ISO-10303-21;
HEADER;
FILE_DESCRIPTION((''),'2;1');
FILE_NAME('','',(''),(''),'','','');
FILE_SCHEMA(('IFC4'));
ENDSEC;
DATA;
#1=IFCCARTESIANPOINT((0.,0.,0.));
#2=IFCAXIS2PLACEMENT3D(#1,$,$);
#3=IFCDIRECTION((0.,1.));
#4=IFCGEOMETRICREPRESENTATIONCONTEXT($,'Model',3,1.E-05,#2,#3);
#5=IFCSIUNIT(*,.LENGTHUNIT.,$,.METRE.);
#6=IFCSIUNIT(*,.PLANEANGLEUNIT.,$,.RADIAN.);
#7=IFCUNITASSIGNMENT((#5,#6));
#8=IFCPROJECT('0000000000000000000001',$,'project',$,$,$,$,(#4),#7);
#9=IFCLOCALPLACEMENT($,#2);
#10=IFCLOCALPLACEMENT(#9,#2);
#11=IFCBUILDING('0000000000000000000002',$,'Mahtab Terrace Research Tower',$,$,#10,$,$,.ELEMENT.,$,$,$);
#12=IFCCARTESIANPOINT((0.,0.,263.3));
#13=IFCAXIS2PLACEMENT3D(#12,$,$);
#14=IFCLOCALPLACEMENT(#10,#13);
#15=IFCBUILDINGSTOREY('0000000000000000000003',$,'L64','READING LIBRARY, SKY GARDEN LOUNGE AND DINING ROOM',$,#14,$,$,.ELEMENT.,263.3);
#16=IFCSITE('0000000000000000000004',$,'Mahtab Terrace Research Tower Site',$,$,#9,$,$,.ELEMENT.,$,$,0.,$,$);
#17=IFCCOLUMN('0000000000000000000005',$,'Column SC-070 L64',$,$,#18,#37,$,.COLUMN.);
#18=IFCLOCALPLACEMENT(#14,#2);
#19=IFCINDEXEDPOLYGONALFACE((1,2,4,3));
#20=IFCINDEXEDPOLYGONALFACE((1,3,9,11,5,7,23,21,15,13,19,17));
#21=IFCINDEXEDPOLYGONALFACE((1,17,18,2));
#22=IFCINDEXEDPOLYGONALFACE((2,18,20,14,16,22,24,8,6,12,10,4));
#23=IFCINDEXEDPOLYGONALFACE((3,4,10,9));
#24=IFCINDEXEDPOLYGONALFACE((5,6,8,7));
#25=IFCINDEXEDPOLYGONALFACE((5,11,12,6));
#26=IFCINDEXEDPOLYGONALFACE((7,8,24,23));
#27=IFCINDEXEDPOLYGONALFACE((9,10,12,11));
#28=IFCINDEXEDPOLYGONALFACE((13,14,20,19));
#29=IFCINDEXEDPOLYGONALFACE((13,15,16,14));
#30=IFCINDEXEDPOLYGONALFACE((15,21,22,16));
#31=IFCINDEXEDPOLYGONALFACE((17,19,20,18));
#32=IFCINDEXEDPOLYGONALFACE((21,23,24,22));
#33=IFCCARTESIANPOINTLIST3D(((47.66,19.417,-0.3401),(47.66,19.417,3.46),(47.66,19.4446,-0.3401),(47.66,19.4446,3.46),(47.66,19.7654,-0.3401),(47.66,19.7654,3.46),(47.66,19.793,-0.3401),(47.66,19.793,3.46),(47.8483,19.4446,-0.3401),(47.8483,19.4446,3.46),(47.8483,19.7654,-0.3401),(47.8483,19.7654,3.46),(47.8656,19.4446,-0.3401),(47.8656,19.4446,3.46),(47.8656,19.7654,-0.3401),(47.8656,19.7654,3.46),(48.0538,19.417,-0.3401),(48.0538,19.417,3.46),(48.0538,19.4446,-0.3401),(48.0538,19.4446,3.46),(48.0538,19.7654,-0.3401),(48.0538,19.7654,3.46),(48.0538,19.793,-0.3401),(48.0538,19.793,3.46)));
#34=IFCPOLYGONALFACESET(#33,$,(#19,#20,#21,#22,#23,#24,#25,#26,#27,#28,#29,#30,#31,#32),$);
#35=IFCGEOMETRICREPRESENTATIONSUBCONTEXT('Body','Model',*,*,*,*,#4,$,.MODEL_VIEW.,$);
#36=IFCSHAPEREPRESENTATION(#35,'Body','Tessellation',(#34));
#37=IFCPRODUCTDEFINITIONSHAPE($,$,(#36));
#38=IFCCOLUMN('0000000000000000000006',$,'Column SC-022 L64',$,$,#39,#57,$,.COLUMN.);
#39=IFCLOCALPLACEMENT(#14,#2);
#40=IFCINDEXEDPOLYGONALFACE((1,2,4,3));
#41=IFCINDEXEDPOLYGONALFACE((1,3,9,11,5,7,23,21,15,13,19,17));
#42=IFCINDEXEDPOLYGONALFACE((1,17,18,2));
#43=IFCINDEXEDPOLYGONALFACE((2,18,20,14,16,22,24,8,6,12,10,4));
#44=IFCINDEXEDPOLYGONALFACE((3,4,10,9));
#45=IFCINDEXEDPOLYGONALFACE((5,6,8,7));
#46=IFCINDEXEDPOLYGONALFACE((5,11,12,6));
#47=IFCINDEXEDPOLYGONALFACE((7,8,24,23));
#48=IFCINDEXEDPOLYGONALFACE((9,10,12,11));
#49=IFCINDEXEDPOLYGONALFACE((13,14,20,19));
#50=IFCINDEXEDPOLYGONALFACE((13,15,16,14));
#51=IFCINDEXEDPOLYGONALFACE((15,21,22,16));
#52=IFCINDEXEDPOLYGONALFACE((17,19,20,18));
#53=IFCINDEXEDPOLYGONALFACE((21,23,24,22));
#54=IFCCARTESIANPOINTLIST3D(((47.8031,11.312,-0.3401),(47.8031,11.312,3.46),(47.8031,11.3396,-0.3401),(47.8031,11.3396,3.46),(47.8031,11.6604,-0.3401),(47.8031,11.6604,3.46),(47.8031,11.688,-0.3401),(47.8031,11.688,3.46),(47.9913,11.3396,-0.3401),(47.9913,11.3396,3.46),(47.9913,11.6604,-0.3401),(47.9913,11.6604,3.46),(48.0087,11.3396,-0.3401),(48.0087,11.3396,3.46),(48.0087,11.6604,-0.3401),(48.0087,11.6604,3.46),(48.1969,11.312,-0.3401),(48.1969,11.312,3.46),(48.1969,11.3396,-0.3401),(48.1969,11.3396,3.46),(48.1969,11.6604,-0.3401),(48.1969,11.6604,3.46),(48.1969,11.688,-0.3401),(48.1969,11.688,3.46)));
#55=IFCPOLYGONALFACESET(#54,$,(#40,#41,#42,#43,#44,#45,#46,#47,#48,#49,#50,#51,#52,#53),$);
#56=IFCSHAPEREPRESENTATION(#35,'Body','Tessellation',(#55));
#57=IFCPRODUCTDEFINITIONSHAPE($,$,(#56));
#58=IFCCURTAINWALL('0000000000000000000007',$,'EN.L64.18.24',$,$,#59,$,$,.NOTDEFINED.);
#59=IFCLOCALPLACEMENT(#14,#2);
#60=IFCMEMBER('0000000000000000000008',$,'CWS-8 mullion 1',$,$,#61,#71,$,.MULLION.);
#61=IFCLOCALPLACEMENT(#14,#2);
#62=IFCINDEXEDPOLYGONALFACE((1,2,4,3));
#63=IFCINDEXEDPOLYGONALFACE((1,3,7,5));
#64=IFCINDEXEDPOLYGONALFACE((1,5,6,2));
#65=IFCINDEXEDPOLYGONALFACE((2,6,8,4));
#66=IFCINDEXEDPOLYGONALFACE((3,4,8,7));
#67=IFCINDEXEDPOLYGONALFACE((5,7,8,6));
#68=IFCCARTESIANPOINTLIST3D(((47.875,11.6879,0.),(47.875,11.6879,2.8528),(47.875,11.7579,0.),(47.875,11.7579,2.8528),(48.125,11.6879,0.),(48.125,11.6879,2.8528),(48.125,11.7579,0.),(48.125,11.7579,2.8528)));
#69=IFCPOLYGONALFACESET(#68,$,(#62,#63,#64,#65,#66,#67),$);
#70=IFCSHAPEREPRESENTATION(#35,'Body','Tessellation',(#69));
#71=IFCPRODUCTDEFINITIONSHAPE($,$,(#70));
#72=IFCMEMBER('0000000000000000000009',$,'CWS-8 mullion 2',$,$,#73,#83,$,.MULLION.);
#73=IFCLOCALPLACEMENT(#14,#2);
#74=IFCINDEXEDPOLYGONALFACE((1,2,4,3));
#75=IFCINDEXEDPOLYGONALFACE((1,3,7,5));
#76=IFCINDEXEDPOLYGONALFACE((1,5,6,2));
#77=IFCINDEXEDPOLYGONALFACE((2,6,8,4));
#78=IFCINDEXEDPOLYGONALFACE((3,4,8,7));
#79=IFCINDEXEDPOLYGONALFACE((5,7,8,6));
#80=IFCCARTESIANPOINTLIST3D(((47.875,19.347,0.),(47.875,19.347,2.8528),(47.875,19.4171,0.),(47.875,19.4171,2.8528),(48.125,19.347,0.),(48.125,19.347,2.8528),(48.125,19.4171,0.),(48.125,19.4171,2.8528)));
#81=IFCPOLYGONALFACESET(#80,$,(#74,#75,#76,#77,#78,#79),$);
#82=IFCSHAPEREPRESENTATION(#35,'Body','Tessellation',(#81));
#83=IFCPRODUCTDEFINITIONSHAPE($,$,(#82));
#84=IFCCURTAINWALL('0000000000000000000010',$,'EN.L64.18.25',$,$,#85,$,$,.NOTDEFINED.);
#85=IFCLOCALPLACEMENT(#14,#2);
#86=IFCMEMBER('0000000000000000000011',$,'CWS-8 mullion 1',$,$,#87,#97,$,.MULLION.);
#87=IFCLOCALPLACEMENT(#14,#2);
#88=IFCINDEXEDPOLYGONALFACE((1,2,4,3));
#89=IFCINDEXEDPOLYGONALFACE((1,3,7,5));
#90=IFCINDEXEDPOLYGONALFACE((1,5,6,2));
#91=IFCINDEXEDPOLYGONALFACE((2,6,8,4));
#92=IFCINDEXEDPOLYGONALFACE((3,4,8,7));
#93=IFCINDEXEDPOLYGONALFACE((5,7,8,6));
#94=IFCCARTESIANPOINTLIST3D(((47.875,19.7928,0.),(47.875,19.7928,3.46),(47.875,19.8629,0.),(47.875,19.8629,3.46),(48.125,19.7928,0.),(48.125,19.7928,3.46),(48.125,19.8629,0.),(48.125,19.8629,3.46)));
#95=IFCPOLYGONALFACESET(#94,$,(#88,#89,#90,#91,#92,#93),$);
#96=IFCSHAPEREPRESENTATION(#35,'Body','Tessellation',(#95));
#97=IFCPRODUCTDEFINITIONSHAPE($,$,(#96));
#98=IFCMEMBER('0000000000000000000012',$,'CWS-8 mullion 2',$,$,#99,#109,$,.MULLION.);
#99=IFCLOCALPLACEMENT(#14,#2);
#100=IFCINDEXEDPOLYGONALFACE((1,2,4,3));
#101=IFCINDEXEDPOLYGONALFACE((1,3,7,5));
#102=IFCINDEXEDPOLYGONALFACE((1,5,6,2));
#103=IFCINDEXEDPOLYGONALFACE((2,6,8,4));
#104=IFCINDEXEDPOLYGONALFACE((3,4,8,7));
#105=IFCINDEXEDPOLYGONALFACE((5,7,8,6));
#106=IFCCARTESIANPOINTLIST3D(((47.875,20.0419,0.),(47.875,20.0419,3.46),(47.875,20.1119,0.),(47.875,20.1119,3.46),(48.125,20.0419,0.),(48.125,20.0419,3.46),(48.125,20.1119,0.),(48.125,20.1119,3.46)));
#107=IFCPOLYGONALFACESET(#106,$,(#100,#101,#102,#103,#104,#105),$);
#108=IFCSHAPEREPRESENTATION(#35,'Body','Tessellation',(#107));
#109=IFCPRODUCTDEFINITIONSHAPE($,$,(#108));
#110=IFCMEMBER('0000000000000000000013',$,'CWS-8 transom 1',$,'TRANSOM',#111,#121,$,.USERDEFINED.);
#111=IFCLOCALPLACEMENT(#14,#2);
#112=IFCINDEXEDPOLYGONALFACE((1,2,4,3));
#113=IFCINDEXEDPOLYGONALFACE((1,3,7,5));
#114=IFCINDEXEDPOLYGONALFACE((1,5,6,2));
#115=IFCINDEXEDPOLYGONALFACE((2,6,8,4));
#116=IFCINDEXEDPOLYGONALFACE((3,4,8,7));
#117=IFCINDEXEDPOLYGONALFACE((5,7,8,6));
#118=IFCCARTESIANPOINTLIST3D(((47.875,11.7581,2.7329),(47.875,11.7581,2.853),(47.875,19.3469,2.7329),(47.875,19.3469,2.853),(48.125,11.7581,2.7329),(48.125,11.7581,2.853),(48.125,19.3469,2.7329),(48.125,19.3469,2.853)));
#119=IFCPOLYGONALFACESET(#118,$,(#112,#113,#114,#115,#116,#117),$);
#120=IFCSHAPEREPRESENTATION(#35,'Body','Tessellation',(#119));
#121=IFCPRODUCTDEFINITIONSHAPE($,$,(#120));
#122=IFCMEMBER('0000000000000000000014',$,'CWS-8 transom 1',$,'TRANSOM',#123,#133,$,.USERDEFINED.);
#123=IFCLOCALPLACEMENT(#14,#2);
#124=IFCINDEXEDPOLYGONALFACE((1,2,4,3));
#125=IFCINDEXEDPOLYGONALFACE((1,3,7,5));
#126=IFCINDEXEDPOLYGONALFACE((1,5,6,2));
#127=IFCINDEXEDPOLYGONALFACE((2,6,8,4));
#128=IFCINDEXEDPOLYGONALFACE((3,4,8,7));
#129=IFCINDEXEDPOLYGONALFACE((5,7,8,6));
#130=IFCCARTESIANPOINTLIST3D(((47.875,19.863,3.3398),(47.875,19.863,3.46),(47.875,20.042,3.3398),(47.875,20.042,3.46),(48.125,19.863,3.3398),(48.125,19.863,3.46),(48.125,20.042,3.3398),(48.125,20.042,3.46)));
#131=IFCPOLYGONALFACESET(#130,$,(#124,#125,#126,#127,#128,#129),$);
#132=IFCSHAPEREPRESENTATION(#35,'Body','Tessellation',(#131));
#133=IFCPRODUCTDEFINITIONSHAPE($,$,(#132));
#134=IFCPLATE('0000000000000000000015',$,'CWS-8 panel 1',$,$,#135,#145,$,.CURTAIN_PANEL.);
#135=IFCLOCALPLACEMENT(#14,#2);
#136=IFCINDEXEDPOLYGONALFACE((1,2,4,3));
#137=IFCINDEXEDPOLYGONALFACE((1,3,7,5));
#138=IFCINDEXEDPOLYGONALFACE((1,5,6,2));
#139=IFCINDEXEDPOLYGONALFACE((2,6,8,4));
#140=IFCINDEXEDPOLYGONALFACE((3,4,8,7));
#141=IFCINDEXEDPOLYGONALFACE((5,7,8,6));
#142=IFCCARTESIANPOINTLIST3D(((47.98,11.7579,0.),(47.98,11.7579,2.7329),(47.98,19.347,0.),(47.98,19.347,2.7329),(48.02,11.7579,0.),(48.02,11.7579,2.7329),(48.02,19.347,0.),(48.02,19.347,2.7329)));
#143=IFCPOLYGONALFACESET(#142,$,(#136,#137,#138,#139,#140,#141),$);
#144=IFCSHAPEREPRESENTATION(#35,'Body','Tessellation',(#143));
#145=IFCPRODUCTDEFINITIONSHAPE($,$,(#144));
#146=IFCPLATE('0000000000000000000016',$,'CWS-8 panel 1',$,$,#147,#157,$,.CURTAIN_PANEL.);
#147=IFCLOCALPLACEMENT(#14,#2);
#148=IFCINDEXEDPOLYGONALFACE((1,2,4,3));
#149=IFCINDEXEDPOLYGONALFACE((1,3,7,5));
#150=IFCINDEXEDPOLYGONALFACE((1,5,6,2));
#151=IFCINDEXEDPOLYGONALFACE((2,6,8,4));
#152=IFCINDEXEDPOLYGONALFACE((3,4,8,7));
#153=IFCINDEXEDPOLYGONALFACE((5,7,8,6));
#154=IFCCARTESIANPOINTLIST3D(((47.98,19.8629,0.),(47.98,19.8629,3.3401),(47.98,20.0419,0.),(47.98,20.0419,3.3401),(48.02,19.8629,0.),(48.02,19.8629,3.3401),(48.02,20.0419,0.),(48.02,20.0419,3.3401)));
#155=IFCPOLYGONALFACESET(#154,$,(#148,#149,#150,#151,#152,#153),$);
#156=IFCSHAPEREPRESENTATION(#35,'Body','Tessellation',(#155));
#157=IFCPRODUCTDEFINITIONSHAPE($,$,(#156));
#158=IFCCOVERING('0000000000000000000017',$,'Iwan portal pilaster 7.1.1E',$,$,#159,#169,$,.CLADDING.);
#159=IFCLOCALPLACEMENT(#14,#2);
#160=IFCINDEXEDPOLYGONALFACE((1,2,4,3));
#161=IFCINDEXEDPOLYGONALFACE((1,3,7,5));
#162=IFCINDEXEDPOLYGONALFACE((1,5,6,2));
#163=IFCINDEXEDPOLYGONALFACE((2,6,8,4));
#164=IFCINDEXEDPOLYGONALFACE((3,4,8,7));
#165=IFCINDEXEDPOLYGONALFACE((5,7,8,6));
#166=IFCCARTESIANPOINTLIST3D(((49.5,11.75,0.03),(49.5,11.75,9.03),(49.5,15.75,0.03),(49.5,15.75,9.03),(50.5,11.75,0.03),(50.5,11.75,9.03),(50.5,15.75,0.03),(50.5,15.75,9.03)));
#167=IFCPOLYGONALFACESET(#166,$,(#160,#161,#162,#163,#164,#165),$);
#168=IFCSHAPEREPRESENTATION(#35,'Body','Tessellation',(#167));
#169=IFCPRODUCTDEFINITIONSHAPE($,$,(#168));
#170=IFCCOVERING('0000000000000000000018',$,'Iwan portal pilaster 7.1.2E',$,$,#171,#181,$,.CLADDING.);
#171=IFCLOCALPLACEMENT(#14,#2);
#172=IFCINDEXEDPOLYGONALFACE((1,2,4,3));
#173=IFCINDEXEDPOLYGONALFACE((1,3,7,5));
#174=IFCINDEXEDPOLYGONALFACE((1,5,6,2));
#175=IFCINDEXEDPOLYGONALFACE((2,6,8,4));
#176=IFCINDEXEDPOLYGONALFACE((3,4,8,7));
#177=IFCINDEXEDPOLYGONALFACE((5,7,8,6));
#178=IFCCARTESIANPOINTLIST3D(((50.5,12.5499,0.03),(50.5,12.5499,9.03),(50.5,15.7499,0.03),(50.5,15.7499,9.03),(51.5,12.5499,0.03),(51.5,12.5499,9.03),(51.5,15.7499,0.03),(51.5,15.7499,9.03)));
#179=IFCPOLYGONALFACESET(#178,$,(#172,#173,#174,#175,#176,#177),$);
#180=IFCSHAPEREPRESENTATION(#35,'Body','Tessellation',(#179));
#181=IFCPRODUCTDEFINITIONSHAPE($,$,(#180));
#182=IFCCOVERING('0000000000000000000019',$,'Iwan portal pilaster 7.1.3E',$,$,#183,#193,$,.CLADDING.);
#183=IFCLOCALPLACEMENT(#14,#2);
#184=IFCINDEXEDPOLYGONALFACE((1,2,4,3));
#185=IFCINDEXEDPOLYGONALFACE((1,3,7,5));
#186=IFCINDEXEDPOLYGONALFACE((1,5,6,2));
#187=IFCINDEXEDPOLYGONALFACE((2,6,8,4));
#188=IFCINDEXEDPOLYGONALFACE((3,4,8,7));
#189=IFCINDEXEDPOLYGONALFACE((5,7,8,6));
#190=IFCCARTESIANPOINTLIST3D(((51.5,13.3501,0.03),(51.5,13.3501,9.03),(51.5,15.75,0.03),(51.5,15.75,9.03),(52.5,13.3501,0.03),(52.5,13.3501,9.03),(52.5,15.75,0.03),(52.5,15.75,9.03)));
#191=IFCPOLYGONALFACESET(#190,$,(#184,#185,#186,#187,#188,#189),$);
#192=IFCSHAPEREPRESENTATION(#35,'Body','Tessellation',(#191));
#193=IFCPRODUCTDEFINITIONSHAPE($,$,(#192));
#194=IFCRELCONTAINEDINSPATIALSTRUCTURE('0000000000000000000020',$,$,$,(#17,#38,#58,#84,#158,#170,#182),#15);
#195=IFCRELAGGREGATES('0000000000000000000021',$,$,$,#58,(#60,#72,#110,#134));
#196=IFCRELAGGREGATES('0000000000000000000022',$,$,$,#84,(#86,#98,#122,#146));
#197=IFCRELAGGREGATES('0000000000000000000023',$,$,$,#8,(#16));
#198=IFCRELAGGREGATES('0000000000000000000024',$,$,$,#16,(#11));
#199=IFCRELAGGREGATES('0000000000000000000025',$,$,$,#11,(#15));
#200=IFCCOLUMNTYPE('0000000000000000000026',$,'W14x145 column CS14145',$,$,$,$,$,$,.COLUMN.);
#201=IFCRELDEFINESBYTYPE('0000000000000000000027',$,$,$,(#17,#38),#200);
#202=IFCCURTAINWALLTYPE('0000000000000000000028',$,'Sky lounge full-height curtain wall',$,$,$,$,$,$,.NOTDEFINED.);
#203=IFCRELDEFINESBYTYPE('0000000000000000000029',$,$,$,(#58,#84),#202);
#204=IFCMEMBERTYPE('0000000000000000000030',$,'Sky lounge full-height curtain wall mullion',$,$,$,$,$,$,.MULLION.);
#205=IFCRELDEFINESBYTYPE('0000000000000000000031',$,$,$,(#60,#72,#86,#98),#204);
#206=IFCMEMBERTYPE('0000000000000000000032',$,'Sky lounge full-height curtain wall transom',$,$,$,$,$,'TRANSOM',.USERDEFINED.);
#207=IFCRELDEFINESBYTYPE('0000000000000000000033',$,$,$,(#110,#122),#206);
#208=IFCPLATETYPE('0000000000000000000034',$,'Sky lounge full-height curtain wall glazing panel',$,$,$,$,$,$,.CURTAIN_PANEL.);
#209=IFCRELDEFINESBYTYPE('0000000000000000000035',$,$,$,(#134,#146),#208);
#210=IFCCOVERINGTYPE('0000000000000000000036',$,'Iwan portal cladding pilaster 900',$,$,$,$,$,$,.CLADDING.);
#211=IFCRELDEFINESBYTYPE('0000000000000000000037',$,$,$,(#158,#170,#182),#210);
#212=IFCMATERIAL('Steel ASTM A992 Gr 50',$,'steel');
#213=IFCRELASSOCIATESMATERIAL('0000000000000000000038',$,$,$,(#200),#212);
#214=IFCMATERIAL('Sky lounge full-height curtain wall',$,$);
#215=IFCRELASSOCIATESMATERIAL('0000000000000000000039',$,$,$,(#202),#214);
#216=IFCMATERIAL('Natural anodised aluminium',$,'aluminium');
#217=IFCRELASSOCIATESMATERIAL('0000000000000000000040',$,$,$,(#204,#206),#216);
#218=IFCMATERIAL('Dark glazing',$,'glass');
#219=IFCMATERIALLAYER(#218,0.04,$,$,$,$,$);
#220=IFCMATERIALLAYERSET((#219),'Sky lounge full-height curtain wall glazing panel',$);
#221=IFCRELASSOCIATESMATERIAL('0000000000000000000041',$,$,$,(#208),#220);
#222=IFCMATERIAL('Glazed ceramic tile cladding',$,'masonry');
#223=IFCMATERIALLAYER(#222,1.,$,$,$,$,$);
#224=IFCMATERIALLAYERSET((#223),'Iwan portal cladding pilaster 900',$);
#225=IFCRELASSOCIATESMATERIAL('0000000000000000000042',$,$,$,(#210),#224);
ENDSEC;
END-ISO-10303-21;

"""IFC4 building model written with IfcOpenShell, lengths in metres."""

from ifc_helpers import new_model, si_unit, direction, frame, origin, origin_2d, place, context, subcontext, project, spatial, rectangle, i_section, extrude, material, layer, layer_set, material_profile, profile_set, type_object, element, aggregate, save


model = new_model("IFC4")

# Units and contexts
model_context = context("Model", 3, precision=1e-05, world=origin(), true_north=direction((0.0, 1.0)))
body_context = subcontext(model_context, "Body", "Model", "MODEL_VIEW")
ifc_project = project(units=[si_unit("LENGTHUNIT", "METRE"), si_unit("PLANEANGLEUNIT", "RADIAN")], contexts=[model_context])

# Site, building, storey
site_placement = place(None, origin())
site = spatial("IfcSite", under=ifc_project, at=site_placement, Name="Mahtab Terrace Research Tower Site", CompositionType="ELEMENT", RefElevation=0.0)
building_placement = place(site_placement, origin())
building = spatial("IfcBuilding", under=site, at=building_placement, Name="Mahtab Terrace Research Tower", CompositionType="ELEMENT")
storey_placement = place(building_placement, frame((0.0, 0.0, 263.3)))
storey = spatial("IfcBuildingStorey", under=building, at=storey_placement, Name="L64", Description="READING LIBRARY, SKY GARDEN LOUNGE AND DINING ROOM", CompositionType="ELEMENT", Elevation=263.3)

# Columns
ifc_material_1 = material(Name="Steel ASTM A992 Gr 50", Category="steel")
ifc_material_profile_1 = material_profile(ifc_material_1, i_section(OverallWidth=0.3938, OverallDepth=0.376, WebThickness=0.0173, FlangeThickness=0.0276, at=origin_2d()), Name="W14X145")
ifc_profile_set_1 = profile_set([ifc_material_profile_1], Name="Steel ASTM A992 Gr 50")
column_type = type_object("IfcColumnType", Name="W14x145 column CS14145", PredefinedType="COLUMN", material=ifc_profile_set_1)
for number, where, z_axis, x_axis, name in (
    (1, (47.8569, 19.605, -0.3401), (0.0, 0.0, 1.0), (1.0, 0.0, 0.0), "Column SC-070 L64"),
    (2, (48.0, 11.5, -0.3401), (0.0, 0.0, 1.0), (1.0, 0.0, 0.0), "Column SC-022 L64"),
):
    element("IfcColumn", number, at=place(storey_placement, frame(where, z_axis=z_axis, x_axis=x_axis)), inside=storey, type_object=column_type, Name=name, PredefinedType="COLUMN", context=body_context, shape_type="SweptSolid", body=[
        extrude(i_section(OverallWidth=0.3938, OverallDepth=0.376, WebThickness=0.0173, FlangeThickness=0.0276, at=origin_2d()), origin(), (0.0, 0.0, 1.0), 3.8),
    ])

# Curtain walls, members
ifc_material_2 = material(Name="Sky lounge full-height curtain wall")
curtain_wall_type = type_object("IfcCurtainWallType", Name="Sky lounge full-height curtain wall", PredefinedType="NOTDEFINED", material=ifc_material_2)
curtain_wall_1_placement = place(storey_placement, origin())
curtain_wall_1 = element("IfcCurtainWall", 3, at=curtain_wall_1_placement, inside=storey, type_object=curtain_wall_type, Name="EN.L64.18.24", PredefinedType="NOTDEFINED")
ifc_material_3 = material(Name="Natural anodised aluminium", Category="aluminium")
ifc_material_profile_2 = material_profile(ifc_material_3, rectangle(XDim=0.25, YDim=0.0701, at=origin_2d()), Name="MULLION 70x250")
ifc_profile_set_2 = profile_set([ifc_material_profile_2], Name="Natural anodised aluminium")
member_type_1 = type_object("IfcMemberType", Name="Sky lounge full-height curtain wall mullion", PredefinedType="MULLION", material=ifc_profile_set_2)
member_1_placement = place(storey_placement, frame((48.0, 11.7229, 0.0), z_axis=(0.0, 0.0, 1.0), x_axis=(-1.0, 0.0, 0.0)))
member_1 = element("IfcMember", 4, at=member_1_placement, type_object=member_type_1, Name="CWS-8 mullion 1", PredefinedType="MULLION", context=body_context, shape_type="SweptSolid", body=[
    extrude(rectangle(XDim=0.25, YDim=0.0701, at=origin_2d()), origin(), (0.0, 0.0, 1.0), 2.8528),
])
member_2_placement = place(storey_placement, frame((48.0, 19.3821, 0.0), z_axis=(0.0, 0.0, 1.0), x_axis=(-1.0, 0.0, 0.0)))
member_2 = element("IfcMember", 5, at=member_2_placement, type_object=member_type_1, Name="CWS-8 mullion 2", PredefinedType="MULLION", context=body_context, shape_type="SweptSolid", body=[
    extrude(rectangle(XDim=0.25, YDim=0.0701, at=origin_2d()), origin(), (0.0, 0.0, 1.0), 2.8528),
])
curtain_wall_2_placement = place(storey_placement, origin())
curtain_wall_2 = element("IfcCurtainWall", 6, at=curtain_wall_2_placement, inside=storey, type_object=curtain_wall_type, Name="EN.L64.18.25", PredefinedType="NOTDEFINED")
member_3_placement = place(storey_placement, frame((48.0, 19.8279, 0.0), z_axis=(0.0, 0.0, 1.0), x_axis=(-1.0, 0.0, 0.0)))
member_3 = element("IfcMember", 7, at=member_3_placement, type_object=member_type_1, Name="CWS-8 mullion 1", PredefinedType="MULLION", context=body_context, shape_type="SweptSolid", body=[
    extrude(rectangle(XDim=0.25, YDim=0.0701, at=origin_2d()), origin(), (0.0, 0.0, 1.0), 3.46),
])
member_4_placement = place(storey_placement, frame((48.0, 20.0769, 0.0), z_axis=(0.0, 0.0, 1.0), x_axis=(-1.0, 0.0, 0.0)))
member_4 = element("IfcMember", 8, at=member_4_placement, type_object=member_type_1, Name="CWS-8 mullion 2", PredefinedType="MULLION", context=body_context, shape_type="SweptSolid", body=[
    extrude(rectangle(XDim=0.25, YDim=0.0701, at=origin_2d()), origin(), (0.0, 0.0, 1.0), 3.46),
])

# Members
ifc_material_profile_3 = material_profile(ifc_material_3, rectangle(XDim=0.25, YDim=0.1201, at=origin_2d()), Name="TRANSOM 120x250")
ifc_profile_set_3 = profile_set([ifc_material_profile_3], Name="Natural anodised aluminium")
member_type_2 = type_object("IfcMemberType", Name="Sky lounge full-height curtain wall transom", ElementType="TRANSOM", PredefinedType="USERDEFINED", material=ifc_profile_set_3)
member_5_placement = place(storey_placement, frame((48.0, 11.7581, 2.793), z_axis=(0.0, 1.0, 0.0), x_axis=(-1.0, 0.0, 0.0)))
member_5 = element("IfcMember", 9, at=member_5_placement, type_object=member_type_2, Name="CWS-8 transom 1", ObjectType="TRANSOM", PredefinedType="USERDEFINED", context=body_context, shape_type="SweptSolid", body=[
    extrude(rectangle(XDim=0.25, YDim=0.1201, at=origin_2d()), origin(), (0.0, 0.0, 1.0), 7.5889),
])
member_6_placement = place(storey_placement, frame((48.0, 19.863, 3.3999), z_axis=(0.0, 1.0, 0.0), x_axis=(-1.0, 0.0, 0.0)))
member_6 = element("IfcMember", 10, at=member_6_placement, type_object=member_type_2, Name="CWS-8 transom 1", ObjectType="TRANSOM", PredefinedType="USERDEFINED", context=body_context, shape_type="SweptSolid", body=[
    extrude(rectangle(XDim=0.25, YDim=0.1201, at=origin_2d()), origin(), (0.0, 0.0, 1.0), 0.179),
])

# Plates
ifc_material_4 = material(Name="Dark glazing", Category="glass")
ifc_layer_1 = layer(ifc_material_4, 0.04)
ifc_layer_set_1 = layer_set([ifc_layer_1], Name="Sky lounge full-height curtain wall glazing panel")
plate_type = type_object("IfcPlateType", Name="Sky lounge full-height curtain wall glazing panel", PredefinedType="CURTAIN_PANEL", material=ifc_layer_set_1)
plate_1_placement = place(storey_placement, frame((48.0, 15.5525, 0.0), z_axis=(0.0, 0.0, 1.0), x_axis=(0.0, 1.0, 0.0)))
plate_1 = element("IfcPlate", 11, at=plate_1_placement, type_object=plate_type, Name="CWS-8 panel 1", PredefinedType="CURTAIN_PANEL", context=body_context, shape_type="SweptSolid", body=[
    extrude(rectangle(XDim=7.5891, YDim=0.04, at=origin_2d()), origin(), (0.0, 0.0, 1.0), 2.7329),
])
aggregate(curtain_wall_1, [member_1, member_2, member_5, plate_1])
plate_2_placement = place(storey_placement, frame((48.0, 19.9524, 0.0), z_axis=(0.0, 0.0, 1.0), x_axis=(0.0, 1.0, 0.0)))
plate_2 = element("IfcPlate", 12, at=plate_2_placement, type_object=plate_type, Name="CWS-8 panel 1", PredefinedType="CURTAIN_PANEL", context=body_context, shape_type="SweptSolid", body=[
    extrude(rectangle(XDim=0.179, YDim=0.04, at=origin_2d()), origin(), (0.0, 0.0, 1.0), 3.3401),
])
aggregate(curtain_wall_2, [member_3, member_4, member_6, plate_2])

# Coverings
ifc_material_5 = material(Name="Glazed ceramic tile cladding", Category="masonry")
ifc_layer_2 = layer(ifc_material_5, 1.0)
ifc_layer_set_2 = layer_set([ifc_layer_2], Name="Iwan portal cladding pilaster 900")
covering_type_1 = type_object("IfcCoveringType", Name="Iwan portal cladding pilaster 900", PredefinedType="CLADDING", material=ifc_layer_set_2)
covering_1_placement = place(storey_placement, frame((50.0, 13.75, 0.03), z_axis=(0.0, 0.0, 1.0), x_axis=(0.0, 1.0, 0.0)))
element("IfcCovering", 13, at=covering_1_placement, inside=storey, type_object=covering_type_1, Name="Iwan portal pilaster 7.1.1E", PredefinedType="CLADDING", context=body_context, shape_type="SweptSolid", body=[
    extrude(rectangle(XDim=4.0, YDim=1.0, at=origin_2d()), origin(), (0.0, 0.0, 1.0), 9.0),
])
covering_2_placement = place(storey_placement, frame((51.0, 14.1499, 0.03), z_axis=(0.0, 0.0, 1.0), x_axis=(0.0, 1.0, 0.0)))
element("IfcCovering", 14, at=covering_2_placement, inside=storey, type_object=covering_type_1, Name="Iwan portal pilaster 7.1.2E", PredefinedType="CLADDING", context=body_context, shape_type="SweptSolid", body=[
    extrude(rectangle(XDim=3.2, YDim=1.0, at=origin_2d()), origin(), (0.0, 0.0, 1.0), 9.0),
])
covering_3_placement = place(storey_placement, frame((52.0, 14.55, 0.03), z_axis=(0.0, 0.0, 1.0), x_axis=(0.0, 1.0, 0.0)))
element("IfcCovering", 15, at=covering_3_placement, inside=storey, type_object=covering_type_1, Name="Iwan portal pilaster 7.1.3E", PredefinedType="CLADDING", context=body_context, shape_type="SweptSolid", body=[
    extrude(rectangle(XDim=2.3999, YDim=1.0, at=origin_2d()), origin(), (0.0, 0.0, 1.0), 9.0),
])

save(model, "model.ifc")
